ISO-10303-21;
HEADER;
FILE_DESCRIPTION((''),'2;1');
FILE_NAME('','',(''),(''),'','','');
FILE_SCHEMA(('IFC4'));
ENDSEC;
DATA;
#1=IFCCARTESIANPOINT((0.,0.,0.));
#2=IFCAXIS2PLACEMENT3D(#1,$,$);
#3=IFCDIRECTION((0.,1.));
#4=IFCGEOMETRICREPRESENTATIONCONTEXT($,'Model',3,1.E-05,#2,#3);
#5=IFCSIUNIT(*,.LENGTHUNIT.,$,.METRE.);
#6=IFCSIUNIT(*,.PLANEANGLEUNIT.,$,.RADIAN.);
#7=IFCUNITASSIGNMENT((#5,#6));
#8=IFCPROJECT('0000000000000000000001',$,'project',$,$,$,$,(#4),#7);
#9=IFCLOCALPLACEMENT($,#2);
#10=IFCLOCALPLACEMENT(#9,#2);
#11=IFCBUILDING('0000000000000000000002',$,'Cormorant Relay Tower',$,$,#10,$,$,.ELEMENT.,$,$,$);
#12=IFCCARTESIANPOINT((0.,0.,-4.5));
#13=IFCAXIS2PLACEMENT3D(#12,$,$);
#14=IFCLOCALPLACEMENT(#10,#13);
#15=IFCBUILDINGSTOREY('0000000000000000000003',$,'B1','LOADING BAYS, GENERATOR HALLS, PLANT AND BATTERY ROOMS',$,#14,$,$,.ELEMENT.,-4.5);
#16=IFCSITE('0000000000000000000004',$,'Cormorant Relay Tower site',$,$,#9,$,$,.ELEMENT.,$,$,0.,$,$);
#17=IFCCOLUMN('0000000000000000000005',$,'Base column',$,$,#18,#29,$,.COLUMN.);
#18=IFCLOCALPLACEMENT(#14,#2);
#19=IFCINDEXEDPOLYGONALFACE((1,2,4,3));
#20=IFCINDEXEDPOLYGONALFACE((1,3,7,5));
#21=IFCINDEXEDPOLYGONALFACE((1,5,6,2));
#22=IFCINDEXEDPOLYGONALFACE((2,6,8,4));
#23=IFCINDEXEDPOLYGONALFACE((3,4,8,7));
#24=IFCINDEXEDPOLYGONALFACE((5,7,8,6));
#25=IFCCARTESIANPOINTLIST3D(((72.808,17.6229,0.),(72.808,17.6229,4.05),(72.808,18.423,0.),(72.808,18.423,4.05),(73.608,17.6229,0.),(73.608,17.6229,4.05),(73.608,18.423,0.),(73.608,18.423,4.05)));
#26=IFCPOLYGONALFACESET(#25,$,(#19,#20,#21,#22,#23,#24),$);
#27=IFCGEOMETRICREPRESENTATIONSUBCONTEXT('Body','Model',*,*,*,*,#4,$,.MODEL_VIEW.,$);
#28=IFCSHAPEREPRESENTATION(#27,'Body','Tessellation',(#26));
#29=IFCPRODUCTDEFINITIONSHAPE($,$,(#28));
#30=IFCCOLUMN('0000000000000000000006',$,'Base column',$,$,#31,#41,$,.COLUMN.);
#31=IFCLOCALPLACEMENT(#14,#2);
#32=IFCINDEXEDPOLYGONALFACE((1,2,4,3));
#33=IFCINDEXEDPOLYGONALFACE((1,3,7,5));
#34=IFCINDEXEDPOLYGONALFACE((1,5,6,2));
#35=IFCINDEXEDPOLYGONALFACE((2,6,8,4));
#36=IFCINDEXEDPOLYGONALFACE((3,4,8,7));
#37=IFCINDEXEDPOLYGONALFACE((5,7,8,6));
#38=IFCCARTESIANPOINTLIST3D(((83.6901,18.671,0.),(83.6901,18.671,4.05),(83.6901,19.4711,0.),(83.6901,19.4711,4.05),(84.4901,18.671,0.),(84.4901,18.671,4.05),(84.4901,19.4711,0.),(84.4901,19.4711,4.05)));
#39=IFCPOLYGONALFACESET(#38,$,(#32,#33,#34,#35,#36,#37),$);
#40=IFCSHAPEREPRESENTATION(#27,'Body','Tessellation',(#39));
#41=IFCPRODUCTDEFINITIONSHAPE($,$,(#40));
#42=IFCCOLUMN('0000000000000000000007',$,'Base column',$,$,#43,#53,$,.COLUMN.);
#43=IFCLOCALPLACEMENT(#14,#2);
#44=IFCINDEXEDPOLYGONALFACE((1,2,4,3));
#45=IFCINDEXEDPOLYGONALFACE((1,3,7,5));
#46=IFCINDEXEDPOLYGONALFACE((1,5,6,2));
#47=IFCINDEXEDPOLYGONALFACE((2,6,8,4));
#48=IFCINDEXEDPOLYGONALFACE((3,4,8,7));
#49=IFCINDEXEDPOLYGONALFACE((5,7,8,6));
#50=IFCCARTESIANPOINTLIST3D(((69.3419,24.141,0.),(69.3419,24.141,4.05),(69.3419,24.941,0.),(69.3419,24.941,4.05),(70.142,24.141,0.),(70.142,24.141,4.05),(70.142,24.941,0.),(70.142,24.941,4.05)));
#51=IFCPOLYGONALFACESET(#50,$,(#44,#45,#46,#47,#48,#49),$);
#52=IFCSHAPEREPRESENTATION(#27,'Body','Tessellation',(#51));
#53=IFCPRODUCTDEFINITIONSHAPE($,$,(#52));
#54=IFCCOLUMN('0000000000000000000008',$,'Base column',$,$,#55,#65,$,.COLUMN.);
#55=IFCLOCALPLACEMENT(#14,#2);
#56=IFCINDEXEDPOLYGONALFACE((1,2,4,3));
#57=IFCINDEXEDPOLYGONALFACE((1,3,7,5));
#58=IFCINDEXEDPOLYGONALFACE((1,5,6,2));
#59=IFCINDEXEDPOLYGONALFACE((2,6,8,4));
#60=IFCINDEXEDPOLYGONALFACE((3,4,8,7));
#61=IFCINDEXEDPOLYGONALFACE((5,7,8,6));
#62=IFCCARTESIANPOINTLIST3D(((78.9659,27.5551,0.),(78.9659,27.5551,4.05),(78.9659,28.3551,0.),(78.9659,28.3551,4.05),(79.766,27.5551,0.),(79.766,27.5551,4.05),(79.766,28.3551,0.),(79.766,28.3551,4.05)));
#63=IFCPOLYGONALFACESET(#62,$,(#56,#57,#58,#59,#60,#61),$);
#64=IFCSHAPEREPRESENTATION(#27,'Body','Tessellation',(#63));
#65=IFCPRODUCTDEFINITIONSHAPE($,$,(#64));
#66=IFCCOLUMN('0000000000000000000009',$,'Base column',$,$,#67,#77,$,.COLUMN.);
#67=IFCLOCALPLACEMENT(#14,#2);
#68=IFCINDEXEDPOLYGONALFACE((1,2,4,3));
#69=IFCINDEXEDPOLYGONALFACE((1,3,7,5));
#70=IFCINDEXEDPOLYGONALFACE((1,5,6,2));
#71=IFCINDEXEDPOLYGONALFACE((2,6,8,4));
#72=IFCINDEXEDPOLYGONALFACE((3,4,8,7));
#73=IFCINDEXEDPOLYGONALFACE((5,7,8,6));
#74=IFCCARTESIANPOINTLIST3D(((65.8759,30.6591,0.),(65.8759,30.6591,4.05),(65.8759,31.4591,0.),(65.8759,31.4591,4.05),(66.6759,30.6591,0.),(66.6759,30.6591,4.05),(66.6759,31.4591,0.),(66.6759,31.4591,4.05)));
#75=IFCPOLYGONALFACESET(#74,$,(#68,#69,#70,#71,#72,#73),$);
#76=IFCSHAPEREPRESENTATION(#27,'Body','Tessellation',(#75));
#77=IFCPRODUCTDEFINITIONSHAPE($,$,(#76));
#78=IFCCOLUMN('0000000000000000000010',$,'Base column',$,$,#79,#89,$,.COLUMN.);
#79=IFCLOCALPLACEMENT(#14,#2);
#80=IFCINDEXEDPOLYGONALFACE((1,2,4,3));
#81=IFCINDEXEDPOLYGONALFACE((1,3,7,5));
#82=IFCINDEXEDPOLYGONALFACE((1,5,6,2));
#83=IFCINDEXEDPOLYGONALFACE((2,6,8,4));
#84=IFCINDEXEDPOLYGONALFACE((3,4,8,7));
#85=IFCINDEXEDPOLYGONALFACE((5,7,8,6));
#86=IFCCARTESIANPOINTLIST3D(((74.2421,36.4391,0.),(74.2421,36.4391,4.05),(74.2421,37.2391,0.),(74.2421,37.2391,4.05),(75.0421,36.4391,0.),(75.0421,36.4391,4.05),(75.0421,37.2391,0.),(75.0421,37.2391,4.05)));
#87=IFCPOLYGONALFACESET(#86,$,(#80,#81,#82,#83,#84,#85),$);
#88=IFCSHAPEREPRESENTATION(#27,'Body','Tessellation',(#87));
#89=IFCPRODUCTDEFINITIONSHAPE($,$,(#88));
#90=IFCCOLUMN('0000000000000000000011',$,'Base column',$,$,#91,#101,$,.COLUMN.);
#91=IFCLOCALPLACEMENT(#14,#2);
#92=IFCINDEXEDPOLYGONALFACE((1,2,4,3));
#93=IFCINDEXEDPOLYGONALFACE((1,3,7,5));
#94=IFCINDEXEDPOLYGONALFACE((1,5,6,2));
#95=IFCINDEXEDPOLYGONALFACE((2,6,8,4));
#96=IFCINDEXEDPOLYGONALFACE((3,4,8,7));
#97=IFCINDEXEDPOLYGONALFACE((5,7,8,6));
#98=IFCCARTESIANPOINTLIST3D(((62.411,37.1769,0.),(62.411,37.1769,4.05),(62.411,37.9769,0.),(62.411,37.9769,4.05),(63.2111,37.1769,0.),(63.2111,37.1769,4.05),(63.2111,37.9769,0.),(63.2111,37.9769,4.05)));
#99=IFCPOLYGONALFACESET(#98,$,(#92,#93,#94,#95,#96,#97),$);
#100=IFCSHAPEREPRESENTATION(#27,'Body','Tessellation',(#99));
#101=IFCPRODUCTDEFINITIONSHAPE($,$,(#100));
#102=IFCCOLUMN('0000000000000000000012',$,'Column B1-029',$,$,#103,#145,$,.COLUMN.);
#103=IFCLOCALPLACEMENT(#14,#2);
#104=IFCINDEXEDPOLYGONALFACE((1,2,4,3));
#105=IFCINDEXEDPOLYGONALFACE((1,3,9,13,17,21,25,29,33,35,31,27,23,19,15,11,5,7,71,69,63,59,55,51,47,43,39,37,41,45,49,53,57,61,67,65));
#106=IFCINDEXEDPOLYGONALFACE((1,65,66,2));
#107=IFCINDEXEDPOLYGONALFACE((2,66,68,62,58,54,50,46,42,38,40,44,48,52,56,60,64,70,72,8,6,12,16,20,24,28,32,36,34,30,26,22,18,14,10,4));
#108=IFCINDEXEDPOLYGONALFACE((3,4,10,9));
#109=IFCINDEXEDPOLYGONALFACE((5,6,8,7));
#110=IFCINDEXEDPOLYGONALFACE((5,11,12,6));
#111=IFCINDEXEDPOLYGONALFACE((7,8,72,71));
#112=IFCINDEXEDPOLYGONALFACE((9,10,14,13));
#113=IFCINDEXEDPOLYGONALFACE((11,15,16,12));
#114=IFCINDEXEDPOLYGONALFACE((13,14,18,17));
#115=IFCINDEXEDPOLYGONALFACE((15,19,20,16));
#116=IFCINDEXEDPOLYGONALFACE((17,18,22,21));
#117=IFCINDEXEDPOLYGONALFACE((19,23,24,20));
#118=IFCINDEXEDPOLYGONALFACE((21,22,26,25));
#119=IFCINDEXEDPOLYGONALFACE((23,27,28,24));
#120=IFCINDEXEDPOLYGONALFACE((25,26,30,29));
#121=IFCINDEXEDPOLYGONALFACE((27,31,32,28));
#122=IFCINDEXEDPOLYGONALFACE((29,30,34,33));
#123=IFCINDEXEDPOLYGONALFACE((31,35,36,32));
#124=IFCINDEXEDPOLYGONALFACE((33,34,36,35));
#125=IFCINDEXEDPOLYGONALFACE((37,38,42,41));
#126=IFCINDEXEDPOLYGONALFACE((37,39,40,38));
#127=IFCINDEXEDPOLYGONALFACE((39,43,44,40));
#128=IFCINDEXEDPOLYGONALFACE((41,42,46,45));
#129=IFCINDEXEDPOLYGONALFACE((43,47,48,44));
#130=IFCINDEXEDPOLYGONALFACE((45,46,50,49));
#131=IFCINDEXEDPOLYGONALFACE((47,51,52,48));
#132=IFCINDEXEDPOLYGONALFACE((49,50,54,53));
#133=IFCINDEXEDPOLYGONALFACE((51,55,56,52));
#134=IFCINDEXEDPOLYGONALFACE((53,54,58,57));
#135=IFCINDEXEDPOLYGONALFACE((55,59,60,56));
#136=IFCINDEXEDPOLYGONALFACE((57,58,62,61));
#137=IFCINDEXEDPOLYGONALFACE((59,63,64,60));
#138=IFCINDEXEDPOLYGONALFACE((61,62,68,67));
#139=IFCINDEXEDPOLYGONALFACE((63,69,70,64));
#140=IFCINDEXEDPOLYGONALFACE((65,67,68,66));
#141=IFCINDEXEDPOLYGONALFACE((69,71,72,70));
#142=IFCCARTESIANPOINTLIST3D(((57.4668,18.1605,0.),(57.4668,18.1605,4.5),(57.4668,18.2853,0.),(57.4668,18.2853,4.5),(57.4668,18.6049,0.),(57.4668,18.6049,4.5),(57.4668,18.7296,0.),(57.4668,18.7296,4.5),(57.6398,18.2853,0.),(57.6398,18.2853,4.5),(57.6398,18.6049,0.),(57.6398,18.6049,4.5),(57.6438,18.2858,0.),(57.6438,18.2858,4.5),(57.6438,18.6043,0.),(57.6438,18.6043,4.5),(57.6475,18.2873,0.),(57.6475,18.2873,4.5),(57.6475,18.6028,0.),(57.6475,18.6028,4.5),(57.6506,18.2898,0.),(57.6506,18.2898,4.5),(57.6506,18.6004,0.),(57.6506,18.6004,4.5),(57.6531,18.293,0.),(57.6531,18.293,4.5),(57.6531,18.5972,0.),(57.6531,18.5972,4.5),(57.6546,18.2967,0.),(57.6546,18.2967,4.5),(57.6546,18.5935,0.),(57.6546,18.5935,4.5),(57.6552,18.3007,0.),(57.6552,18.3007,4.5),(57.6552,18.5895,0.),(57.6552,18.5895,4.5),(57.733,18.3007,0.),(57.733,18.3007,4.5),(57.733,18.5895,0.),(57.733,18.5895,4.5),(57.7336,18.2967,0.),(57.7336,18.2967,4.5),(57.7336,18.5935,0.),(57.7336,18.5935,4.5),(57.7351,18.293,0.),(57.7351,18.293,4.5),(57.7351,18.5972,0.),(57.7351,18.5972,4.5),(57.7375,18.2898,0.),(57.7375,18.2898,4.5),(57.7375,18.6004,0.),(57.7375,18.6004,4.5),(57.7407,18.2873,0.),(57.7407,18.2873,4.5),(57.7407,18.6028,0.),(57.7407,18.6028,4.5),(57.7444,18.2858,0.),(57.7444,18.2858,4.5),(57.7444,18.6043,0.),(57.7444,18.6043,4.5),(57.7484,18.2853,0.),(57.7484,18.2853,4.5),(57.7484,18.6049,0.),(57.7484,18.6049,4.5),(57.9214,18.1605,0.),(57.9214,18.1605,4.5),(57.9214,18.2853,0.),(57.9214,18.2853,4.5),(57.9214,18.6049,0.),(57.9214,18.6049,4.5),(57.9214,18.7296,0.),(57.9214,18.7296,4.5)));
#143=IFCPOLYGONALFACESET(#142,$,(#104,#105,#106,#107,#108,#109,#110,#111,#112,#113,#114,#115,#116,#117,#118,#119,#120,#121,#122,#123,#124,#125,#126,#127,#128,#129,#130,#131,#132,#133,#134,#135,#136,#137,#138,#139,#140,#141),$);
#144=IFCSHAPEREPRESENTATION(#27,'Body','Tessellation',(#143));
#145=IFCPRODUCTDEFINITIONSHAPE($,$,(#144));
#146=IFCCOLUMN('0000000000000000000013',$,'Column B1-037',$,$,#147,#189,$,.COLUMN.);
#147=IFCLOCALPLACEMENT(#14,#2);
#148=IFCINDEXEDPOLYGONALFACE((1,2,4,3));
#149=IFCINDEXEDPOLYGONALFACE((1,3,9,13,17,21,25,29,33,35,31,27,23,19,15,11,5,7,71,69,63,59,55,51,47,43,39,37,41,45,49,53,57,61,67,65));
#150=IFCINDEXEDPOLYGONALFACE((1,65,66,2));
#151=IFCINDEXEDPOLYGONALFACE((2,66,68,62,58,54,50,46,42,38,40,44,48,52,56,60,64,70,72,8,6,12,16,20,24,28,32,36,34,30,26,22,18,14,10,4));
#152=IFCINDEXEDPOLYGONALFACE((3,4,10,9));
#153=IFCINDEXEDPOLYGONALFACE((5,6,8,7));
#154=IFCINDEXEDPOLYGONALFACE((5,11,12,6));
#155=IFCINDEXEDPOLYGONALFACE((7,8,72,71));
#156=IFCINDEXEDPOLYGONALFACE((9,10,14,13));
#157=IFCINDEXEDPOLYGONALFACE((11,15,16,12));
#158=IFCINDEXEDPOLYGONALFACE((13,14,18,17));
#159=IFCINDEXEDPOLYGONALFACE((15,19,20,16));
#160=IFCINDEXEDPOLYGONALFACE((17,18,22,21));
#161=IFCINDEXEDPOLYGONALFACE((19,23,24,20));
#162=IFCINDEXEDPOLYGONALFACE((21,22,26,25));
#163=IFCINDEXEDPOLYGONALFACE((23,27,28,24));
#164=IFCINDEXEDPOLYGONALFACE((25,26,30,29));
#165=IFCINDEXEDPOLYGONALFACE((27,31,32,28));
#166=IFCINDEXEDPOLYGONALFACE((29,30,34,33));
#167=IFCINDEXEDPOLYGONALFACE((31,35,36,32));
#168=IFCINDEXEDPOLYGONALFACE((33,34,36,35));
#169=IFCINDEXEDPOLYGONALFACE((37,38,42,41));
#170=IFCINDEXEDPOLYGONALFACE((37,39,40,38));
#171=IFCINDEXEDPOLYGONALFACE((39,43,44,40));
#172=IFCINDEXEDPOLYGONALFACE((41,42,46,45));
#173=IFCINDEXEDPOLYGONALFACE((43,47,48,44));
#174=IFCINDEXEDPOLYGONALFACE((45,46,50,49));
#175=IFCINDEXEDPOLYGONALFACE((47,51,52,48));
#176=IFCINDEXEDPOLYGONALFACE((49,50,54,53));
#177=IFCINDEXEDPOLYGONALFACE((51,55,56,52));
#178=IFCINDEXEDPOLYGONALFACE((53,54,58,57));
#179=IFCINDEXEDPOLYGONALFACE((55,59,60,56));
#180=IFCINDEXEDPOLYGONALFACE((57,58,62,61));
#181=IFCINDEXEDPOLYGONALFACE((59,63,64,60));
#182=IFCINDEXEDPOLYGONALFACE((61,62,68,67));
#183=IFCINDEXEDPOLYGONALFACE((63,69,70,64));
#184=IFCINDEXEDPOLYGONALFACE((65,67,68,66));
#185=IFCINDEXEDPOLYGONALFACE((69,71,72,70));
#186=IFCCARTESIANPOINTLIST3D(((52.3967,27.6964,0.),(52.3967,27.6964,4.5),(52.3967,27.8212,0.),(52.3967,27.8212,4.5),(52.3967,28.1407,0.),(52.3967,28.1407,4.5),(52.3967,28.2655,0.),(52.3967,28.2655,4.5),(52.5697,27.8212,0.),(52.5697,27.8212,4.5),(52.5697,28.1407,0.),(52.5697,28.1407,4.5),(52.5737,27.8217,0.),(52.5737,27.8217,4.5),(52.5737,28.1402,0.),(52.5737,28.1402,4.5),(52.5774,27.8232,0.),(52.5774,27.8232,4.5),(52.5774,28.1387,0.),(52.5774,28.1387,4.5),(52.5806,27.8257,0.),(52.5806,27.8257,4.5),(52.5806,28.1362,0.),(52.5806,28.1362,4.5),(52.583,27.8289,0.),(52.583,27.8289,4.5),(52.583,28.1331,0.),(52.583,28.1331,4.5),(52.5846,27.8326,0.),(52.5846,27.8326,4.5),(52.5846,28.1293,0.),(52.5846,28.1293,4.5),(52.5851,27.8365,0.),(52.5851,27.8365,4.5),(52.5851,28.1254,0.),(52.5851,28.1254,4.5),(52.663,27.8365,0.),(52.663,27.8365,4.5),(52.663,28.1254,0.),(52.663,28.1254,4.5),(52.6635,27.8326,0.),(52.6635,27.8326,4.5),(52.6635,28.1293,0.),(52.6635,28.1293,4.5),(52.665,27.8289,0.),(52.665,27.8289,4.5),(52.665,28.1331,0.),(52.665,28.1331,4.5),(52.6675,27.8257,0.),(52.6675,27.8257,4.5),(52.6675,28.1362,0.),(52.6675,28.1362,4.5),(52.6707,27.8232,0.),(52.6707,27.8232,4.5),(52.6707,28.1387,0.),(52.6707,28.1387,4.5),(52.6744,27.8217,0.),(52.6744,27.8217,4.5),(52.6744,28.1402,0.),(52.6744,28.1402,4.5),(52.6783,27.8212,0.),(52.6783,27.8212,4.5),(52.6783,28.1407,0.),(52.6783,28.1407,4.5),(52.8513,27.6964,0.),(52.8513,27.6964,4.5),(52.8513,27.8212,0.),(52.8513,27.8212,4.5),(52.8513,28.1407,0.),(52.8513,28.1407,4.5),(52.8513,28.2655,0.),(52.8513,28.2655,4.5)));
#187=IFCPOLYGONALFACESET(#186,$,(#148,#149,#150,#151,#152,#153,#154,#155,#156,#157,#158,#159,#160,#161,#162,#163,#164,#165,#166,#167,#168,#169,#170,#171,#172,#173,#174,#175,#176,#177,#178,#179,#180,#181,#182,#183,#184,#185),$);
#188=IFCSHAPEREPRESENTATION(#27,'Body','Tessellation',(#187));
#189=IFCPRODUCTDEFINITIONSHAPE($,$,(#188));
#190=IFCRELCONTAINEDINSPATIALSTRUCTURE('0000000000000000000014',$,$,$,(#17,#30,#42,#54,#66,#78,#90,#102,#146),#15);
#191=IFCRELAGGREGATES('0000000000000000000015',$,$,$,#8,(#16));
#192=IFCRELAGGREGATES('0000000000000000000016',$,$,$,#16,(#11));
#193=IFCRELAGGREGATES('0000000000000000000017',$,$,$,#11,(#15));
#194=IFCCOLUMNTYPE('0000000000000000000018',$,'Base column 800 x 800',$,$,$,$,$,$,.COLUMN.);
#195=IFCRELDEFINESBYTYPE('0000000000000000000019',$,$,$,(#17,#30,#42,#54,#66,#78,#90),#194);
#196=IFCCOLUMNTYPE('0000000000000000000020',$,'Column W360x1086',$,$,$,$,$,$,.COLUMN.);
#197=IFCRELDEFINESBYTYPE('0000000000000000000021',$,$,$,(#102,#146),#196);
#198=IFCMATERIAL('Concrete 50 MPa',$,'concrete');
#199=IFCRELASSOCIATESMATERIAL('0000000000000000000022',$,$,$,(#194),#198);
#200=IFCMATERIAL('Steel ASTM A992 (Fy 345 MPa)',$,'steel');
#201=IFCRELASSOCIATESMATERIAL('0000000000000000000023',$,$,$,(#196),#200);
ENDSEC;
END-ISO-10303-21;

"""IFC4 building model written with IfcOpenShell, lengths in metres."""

from ifc_helpers import new_model, si_unit, direction, frame, origin, origin_2d, place, context, subcontext, project, spatial, rectangle, i_section, extrude, material, material_profile, profile_set, type_object, element, save


model = new_model("IFC4")

# Units and contexts
model_context = context("Model", 3, precision=1e-05, world=origin(), true_north=direction((0.0, 1.0)))
body_context = subcontext(model_context, "Body", "Model", "MODEL_VIEW")
ifc_project = project(units=[si_unit("LENGTHUNIT", "METRE"), si_unit("PLANEANGLEUNIT", "RADIAN")], contexts=[model_context])

# Site, building, storey
site_placement = place(None, origin())
site = spatial("IfcSite", under=ifc_project, at=site_placement, Name="Cormorant Relay Tower site", CompositionType="ELEMENT", RefElevation=0.0)
building_placement = place(site_placement, origin())
building = spatial("IfcBuilding", under=site, at=building_placement, Name="Cormorant Relay Tower", CompositionType="ELEMENT")
storey_placement = place(building_placement, frame((0.0, 0.0, -4.5)))
storey = spatial("IfcBuildingStorey", under=building, at=storey_placement, Name="B1", Description="LOADING BAYS, GENERATOR HALLS, PLANT AND BATTERY ROOMS", CompositionType="ELEMENT", Elevation=-4.5)

# Columns
ifc_material_1 = material(Name="Concrete 50 MPa", Category="concrete")
ifc_material_profile_1 = material_profile(ifc_material_1, rectangle(XDim=0.8, YDim=0.8, at=origin_2d()), Name="RC 800x800")
ifc_profile_set_1 = profile_set([ifc_material_profile_1], Name="Concrete 50 MPa")
column_type_1 = type_object("IfcColumnType", Name="Base column 800 x 800", PredefinedType="COLUMN", material=ifc_profile_set_1)
for number, where, z_axis, x_axis, name in (
    (1, (73.208, 18.0229, 0.0), (0.0, 0.0, 1.0), (1.0, 0.0, 0.0), "Base column"),
    (2, (84.0901, 19.071, 0.0), (0.0, 0.0, 1.0), (1.0, 0.0, 0.0), "Base column"),
    (3, (69.7419, 24.541, 0.0), (0.0, 0.0, 1.0), (1.0, 0.0, 0.0), "Base column"),
    (4, (79.366, 27.9551, 0.0), (0.0, 0.0, 1.0), (1.0, 0.0, 0.0), "Base column"),
    (5, (66.2759, 31.0591, 0.0), (0.0, 0.0, 1.0), (1.0, 0.0, 0.0), "Base column"),
    (6, (74.6421, 36.8391, 0.0), (0.0, 0.0, 1.0), (1.0, 0.0, 0.0), "Base column"),
    (7, (62.811, 37.5769, 0.0), (0.0, 0.0, 1.0), (1.0, 0.0, 0.0), "Base column"),
):
    element("IfcColumn", number, at=place(storey_placement, frame(where, z_axis=z_axis, x_axis=x_axis)), inside=storey, type_object=column_type_1, Name=name, PredefinedType="COLUMN", context=body_context, shape_type="SweptSolid", body=[
        extrude(rectangle(XDim=0.8, YDim=0.8, at=origin_2d()), origin(), (0.0, 0.0, 1.0), 4.05),
    ])
ifc_material_2 = material(Name="Steel ASTM A992 (Fy 345 MPa)", Category="steel")
ifc_material_profile_2 = material_profile(ifc_material_2, i_section(OverallWidth=0.4546, OverallDepth=0.5691, WebThickness=0.0779, FlangeThickness=0.1248, FilletRadius=0.0154, at=origin_2d()), Name="W360x1086")
ifc_profile_set_2 = profile_set([ifc_material_profile_2], Name="Steel ASTM A992 (Fy 345 MPa)")
column_type_2 = type_object("IfcColumnType", Name="Column W360x1086", PredefinedType="COLUMN", material=ifc_profile_set_2)
for number, where, z_axis, x_axis, name in (
    (8, (57.6941, 18.4451, 0.0), (0.0, 0.0, 1.0), (1.0, 0.0, 0.0), "Column B1-029"),
    (9, (52.624, 27.981, 0.0), (0.0, 0.0, 1.0), (1.0, 0.0, 0.0), "Column B1-037"),
):
    element("IfcColumn", number, at=place(storey_placement, frame(where, z_axis=z_axis, x_axis=x_axis)), inside=storey, type_object=column_type_2, Name=name, PredefinedType="COLUMN", context=body_context, shape_type="SweptSolid", body=[
        extrude(i_section(OverallWidth=0.4546, OverallDepth=0.5691, WebThickness=0.0779, FlangeThickness=0.1248, FilletRadius=0.0154, at=origin_2d()), origin(), (0.0, 0.0, 1.0), 4.5),
    ])

save(model, "model.ifc")
